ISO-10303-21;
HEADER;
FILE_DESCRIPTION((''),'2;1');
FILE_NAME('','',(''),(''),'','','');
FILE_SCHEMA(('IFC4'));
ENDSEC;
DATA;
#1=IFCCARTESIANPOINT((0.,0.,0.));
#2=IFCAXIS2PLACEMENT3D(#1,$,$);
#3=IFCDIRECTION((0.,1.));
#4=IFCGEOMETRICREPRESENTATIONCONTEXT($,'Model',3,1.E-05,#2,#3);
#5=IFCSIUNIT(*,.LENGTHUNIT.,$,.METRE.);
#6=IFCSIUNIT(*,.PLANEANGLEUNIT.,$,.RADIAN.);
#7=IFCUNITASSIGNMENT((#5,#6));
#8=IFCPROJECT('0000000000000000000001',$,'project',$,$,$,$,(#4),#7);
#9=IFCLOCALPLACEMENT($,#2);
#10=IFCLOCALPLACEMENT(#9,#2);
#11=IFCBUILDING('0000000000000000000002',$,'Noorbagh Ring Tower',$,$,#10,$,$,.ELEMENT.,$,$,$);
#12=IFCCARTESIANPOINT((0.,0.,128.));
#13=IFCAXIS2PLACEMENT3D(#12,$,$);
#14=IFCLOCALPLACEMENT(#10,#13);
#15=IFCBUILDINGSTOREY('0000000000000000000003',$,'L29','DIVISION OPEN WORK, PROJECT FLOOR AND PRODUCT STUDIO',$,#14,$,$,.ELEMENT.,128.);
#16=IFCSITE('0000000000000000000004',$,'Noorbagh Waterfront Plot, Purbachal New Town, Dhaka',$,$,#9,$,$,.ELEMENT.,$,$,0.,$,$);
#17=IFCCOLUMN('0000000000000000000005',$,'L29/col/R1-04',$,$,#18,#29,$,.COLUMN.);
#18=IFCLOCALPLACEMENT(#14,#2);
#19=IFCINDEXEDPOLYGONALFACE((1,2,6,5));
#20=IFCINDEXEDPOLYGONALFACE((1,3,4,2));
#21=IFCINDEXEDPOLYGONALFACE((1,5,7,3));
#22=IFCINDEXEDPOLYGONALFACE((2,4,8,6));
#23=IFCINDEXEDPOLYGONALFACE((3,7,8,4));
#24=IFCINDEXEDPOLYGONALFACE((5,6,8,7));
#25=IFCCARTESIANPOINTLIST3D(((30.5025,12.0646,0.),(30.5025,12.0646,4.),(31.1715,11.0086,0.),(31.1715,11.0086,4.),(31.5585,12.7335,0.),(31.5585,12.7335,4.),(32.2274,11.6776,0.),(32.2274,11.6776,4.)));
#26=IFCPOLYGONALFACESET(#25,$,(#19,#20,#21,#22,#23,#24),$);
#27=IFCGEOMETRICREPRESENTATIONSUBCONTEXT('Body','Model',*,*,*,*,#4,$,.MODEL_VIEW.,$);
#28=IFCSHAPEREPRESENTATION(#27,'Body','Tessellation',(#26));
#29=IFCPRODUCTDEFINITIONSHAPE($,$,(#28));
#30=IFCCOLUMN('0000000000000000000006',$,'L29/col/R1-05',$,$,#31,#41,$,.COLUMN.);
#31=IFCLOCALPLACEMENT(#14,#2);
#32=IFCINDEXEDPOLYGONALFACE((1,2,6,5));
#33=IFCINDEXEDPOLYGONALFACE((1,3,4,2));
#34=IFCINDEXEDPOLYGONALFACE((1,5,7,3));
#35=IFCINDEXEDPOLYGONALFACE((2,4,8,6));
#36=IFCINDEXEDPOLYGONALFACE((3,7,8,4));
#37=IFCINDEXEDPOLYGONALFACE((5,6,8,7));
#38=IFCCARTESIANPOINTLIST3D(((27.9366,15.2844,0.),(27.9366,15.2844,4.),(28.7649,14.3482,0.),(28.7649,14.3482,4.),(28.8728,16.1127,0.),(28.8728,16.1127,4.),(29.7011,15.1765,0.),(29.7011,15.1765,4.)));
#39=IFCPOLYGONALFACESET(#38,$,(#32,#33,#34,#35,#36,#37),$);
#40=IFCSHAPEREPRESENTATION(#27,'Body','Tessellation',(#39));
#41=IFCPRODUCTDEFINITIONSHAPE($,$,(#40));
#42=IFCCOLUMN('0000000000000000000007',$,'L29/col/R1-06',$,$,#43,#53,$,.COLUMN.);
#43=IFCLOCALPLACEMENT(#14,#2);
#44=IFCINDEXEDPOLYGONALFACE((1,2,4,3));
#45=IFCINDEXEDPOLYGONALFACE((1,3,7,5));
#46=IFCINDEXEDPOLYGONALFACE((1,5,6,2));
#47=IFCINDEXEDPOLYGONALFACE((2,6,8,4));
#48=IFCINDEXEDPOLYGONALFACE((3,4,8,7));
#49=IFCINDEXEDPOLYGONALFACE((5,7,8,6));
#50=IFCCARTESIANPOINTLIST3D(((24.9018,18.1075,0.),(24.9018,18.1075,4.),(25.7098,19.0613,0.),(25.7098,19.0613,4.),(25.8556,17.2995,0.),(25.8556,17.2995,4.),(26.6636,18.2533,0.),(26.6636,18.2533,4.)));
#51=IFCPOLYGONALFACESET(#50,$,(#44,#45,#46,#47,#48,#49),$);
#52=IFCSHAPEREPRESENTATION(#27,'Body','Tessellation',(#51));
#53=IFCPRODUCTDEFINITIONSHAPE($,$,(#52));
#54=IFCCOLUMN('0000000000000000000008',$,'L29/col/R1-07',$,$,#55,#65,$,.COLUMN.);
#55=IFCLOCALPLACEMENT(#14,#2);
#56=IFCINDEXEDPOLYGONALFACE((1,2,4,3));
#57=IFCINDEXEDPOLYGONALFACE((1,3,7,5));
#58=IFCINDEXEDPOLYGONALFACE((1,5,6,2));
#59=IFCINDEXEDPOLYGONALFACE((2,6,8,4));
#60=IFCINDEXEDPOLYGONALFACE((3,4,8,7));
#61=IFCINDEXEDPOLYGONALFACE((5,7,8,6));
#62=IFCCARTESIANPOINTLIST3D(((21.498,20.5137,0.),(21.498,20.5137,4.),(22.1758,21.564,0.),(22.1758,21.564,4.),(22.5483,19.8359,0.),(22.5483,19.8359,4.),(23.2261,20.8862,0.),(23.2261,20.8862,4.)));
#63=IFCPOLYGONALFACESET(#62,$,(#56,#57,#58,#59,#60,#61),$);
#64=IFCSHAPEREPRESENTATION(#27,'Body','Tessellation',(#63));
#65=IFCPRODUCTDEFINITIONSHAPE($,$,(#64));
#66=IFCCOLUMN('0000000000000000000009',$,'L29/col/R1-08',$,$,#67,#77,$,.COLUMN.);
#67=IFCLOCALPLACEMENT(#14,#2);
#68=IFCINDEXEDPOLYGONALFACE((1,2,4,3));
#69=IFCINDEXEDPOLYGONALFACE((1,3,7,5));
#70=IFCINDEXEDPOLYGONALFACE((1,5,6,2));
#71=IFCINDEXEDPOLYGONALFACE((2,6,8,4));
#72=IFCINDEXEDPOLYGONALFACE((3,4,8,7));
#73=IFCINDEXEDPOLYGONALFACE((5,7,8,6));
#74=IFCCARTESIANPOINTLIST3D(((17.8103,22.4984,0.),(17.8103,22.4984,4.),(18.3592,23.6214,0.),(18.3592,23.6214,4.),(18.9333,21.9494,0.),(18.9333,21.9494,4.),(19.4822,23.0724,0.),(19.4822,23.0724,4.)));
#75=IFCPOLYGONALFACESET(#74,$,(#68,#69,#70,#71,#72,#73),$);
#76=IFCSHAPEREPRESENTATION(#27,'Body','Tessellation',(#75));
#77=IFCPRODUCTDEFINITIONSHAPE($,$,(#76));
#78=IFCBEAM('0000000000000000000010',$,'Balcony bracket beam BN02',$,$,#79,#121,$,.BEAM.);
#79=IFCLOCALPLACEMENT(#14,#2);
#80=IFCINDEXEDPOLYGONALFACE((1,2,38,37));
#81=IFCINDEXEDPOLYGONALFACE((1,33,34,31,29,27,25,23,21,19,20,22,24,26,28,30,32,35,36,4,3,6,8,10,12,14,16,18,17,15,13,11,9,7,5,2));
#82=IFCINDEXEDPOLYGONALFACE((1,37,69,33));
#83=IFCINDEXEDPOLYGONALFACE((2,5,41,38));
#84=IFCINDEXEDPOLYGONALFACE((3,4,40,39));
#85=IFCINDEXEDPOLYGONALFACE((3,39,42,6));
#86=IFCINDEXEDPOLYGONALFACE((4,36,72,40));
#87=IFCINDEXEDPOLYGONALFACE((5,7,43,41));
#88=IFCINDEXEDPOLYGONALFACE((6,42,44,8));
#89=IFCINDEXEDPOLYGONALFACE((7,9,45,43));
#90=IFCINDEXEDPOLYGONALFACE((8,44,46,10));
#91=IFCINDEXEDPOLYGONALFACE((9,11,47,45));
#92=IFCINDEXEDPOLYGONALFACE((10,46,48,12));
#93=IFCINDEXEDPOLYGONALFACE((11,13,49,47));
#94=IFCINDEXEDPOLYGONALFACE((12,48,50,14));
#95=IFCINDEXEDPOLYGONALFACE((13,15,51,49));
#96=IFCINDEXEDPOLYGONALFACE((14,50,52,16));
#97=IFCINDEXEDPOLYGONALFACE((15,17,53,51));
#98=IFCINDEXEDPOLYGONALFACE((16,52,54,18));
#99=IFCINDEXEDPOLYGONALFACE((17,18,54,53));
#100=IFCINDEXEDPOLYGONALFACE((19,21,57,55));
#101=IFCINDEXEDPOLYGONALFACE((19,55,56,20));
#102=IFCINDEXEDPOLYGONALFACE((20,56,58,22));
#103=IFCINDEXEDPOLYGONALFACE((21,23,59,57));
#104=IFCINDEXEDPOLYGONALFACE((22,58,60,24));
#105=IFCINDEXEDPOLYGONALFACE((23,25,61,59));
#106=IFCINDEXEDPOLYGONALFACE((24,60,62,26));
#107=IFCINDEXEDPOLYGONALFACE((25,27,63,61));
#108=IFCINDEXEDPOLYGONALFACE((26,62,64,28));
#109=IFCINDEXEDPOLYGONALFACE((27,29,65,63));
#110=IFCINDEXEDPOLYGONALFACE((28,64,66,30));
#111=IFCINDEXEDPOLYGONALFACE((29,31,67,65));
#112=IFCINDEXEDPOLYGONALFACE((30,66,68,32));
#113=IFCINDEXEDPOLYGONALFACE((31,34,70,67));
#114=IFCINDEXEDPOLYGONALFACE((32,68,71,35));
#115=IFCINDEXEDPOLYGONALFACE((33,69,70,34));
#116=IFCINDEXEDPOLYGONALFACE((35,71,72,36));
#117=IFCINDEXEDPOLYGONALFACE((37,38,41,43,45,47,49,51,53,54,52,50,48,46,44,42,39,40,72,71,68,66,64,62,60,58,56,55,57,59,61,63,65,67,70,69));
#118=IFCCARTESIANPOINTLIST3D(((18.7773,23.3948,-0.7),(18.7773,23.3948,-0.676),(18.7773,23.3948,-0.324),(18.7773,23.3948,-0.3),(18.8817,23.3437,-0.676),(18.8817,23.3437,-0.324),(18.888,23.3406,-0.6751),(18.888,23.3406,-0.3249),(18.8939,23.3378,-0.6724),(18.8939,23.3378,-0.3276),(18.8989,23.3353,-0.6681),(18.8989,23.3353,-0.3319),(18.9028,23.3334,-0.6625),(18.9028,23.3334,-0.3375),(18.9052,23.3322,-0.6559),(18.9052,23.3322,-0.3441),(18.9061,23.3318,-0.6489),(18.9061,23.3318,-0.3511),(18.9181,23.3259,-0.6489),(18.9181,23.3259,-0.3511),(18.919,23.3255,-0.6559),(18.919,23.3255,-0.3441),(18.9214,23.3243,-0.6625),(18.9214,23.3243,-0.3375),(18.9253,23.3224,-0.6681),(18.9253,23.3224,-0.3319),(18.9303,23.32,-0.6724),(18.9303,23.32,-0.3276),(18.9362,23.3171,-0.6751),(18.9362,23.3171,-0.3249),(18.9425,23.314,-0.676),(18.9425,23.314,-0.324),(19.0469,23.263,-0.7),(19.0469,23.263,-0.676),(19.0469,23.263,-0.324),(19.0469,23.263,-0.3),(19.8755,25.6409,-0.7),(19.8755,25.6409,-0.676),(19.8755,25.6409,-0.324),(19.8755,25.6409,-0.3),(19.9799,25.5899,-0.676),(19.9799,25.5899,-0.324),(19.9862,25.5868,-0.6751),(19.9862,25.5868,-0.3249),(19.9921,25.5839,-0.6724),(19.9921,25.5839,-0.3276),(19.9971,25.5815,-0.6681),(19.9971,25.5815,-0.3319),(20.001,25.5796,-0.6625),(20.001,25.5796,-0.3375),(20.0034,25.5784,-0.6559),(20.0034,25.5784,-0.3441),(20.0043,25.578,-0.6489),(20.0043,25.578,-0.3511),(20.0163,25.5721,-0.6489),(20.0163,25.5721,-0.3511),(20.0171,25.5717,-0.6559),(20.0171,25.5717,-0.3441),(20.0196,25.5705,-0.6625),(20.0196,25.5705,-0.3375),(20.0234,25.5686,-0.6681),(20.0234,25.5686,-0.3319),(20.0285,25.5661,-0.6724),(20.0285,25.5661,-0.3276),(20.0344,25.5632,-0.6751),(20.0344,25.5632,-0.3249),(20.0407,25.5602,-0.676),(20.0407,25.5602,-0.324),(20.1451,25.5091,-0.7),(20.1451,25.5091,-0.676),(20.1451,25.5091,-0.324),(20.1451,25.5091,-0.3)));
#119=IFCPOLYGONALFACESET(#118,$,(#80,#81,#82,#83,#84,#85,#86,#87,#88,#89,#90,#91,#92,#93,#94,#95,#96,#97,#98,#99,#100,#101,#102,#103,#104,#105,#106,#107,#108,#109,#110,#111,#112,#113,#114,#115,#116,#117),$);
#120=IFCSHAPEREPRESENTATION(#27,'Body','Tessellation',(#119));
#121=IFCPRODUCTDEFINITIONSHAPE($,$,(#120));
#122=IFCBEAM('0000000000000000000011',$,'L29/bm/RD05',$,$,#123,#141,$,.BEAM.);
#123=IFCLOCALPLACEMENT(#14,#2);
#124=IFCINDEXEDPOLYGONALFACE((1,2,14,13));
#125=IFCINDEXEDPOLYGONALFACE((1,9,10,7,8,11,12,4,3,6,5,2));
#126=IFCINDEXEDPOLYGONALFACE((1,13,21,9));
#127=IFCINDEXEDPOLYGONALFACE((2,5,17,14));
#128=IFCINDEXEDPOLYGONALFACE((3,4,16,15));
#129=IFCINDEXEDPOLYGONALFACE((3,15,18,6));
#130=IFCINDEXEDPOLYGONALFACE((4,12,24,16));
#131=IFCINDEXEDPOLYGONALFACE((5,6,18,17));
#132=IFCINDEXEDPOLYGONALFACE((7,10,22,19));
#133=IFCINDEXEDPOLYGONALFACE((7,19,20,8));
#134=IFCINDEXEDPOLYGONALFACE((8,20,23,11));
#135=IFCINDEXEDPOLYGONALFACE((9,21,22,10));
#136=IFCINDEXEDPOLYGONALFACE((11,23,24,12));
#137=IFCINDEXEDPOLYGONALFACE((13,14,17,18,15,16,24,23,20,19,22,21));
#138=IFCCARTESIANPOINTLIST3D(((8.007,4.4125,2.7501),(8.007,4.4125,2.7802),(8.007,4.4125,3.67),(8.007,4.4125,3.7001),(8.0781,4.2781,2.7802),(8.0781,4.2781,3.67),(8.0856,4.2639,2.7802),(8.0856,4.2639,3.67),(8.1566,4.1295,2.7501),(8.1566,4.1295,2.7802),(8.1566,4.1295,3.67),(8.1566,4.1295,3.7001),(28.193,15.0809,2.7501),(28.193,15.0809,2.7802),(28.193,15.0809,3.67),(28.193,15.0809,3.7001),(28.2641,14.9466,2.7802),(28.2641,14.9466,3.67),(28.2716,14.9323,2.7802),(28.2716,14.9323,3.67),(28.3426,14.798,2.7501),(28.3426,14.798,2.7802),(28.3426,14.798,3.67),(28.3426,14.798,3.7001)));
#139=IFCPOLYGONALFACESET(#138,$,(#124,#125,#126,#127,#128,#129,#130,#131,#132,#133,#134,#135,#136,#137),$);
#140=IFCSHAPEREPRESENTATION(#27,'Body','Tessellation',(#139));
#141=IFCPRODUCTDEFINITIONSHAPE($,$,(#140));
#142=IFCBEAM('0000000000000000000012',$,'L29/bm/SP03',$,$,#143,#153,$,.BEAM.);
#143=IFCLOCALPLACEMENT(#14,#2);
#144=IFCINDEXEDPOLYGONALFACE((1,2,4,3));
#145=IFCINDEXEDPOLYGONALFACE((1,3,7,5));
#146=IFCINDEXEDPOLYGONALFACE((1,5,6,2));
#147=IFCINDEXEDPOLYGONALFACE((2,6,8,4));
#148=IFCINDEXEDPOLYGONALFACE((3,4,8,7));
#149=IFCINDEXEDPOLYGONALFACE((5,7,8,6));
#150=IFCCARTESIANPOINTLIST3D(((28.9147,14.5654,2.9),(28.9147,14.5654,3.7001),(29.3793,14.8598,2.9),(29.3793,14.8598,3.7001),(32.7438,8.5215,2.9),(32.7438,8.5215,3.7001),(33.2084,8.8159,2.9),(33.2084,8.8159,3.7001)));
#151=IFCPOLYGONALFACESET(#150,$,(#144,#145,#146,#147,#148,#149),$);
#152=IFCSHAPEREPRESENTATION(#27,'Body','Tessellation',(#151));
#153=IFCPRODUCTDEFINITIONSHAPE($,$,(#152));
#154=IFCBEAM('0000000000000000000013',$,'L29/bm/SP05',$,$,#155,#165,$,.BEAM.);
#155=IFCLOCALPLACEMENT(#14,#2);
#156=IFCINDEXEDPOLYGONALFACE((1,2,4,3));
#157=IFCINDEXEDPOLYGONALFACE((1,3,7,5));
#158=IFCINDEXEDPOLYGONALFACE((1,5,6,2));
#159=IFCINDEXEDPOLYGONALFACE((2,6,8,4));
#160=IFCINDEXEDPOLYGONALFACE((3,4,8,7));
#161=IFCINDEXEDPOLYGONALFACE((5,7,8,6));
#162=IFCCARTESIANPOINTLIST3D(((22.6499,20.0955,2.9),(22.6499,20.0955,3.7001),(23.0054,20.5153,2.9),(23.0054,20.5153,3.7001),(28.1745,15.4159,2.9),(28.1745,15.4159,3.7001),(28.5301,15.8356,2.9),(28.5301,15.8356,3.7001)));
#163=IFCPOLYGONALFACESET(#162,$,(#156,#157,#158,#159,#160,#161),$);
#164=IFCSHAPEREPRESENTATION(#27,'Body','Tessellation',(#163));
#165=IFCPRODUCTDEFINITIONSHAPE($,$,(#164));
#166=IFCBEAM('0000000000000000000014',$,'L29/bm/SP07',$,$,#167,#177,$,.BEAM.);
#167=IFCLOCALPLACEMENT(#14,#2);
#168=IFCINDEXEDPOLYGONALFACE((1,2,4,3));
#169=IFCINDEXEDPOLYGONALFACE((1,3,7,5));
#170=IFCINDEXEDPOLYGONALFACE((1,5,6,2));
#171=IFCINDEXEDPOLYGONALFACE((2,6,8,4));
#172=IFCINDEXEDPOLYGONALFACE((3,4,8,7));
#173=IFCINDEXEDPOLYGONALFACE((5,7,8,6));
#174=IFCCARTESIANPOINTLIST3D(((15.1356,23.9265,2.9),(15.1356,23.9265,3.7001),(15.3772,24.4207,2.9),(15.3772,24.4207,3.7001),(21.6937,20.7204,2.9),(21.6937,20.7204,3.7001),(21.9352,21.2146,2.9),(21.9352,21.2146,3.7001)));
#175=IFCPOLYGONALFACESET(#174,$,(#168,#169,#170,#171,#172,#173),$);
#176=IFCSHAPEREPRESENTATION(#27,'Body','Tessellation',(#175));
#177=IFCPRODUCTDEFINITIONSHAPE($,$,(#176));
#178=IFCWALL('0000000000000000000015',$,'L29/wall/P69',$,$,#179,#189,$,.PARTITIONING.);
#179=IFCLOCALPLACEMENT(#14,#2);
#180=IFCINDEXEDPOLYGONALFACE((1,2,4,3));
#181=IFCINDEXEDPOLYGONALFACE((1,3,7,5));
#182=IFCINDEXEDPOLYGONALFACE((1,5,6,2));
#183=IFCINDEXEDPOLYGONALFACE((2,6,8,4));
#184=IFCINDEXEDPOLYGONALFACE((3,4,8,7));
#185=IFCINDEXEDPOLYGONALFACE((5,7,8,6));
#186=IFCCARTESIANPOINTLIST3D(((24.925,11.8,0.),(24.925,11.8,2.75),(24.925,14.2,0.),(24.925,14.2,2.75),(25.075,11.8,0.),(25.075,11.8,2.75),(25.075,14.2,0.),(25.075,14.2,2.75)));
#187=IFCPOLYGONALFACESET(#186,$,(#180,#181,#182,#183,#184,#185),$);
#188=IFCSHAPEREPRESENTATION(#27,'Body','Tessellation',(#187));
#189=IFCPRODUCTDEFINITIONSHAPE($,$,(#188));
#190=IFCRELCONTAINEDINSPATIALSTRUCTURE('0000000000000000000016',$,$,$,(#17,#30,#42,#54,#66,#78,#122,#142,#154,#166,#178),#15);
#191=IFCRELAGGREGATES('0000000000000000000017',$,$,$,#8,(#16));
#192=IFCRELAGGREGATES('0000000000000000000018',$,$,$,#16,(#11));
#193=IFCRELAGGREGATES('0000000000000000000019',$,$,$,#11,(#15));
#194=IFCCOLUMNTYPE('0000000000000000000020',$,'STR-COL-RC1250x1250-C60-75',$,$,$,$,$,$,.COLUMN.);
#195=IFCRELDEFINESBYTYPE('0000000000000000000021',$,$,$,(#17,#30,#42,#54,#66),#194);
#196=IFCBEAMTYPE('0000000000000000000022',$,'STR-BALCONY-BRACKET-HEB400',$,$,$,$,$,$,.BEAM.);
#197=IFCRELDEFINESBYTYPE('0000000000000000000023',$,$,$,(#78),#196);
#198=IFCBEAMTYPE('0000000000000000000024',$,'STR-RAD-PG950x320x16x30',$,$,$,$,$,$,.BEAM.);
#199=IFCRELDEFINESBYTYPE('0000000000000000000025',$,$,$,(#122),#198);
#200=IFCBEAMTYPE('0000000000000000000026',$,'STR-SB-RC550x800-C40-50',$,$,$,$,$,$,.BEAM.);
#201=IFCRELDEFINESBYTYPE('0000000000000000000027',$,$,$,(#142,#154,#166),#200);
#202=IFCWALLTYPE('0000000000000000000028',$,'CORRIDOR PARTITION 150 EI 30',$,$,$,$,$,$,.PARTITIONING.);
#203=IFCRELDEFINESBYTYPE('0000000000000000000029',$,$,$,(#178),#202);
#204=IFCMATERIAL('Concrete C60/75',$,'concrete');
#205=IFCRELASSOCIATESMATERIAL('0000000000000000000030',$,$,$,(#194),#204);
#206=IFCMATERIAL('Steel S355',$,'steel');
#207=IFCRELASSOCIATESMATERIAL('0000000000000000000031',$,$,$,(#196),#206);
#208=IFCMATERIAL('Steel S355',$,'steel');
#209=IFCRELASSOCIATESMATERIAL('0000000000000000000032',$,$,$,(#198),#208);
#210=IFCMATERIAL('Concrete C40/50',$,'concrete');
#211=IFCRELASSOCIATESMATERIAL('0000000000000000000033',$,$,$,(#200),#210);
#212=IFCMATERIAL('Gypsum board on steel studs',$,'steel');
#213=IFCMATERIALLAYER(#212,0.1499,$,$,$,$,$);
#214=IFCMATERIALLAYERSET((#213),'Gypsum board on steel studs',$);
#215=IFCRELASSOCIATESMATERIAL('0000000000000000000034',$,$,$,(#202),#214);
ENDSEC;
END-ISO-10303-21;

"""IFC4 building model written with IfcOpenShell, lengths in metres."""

from ifc_helpers import new_model, si_unit, direction, frame, frame_2d, origin, origin_2d, place, context, subcontext, project, spatial, rectangle, i_section, extrude, material, layer, layer_set, material_profile, profile_set, type_object, element, save


model = new_model("IFC4")

# Units and contexts
model_context = context("Model", 3, precision=1e-05, world=origin(), true_north=direction((0.0, 1.0)))
body_context = subcontext(model_context, "Body", "Model", "MODEL_VIEW")
ifc_project = project(units=[si_unit("LENGTHUNIT", "METRE"), si_unit("PLANEANGLEUNIT", "RADIAN")], contexts=[model_context])

# Site, building, storey
site_placement = place(None, origin())
site = spatial("IfcSite", under=ifc_project, at=site_placement, Name="Noorbagh Waterfront Plot, Purbachal New Town, Dhaka", CompositionType="ELEMENT", RefElevation=0.0)
building_placement = place(site_placement, origin())
building = spatial("IfcBuilding", under=site, at=building_placement, Name="Noorbagh Ring Tower", CompositionType="ELEMENT")
storey_placement = place(building_placement, frame((0.0, 0.0, 128.0)))
storey = spatial("IfcBuildingStorey", under=building, at=storey_placement, Name="L29", Description="DIVISION OPEN WORK, PROJECT FLOOR AND PRODUCT STUDIO", CompositionType="ELEMENT", Elevation=128.0)

# Columns
ifc_material_1 = material(Name="Concrete C60/75", Category="concrete")
ifc_material_profile_1 = material_profile(ifc_material_1, rectangle(XDim=1.25, YDim=1.25, at=origin_2d()), Name="RC1250x1250")
ifc_profile_set_1 = profile_set([ifc_material_profile_1], Name="Concrete C60/75")
column_type = type_object("IfcColumnType", Name="STR-COL-RC1250x1250-C60-75", PredefinedType="COLUMN", material=ifc_profile_set_1)
for number, where, z_axis, x_axis, name in (
    (1, (31.365, 11.8711, 0.0), (0.0, 0.0, 1.0), (-0.53519, 0.844731, 0.0), "L29/col/R1-04"),
    (2, (28.8188, 15.2305, 0.0), (0.0, 0.0, 1.0), (-0.662636, 0.748942, 0.0), "L29/col/R1-05"),
    (3, (25.7827, 18.1804, 0.0), (0.0, 0.0, 1.0), (-0.763035, 0.646357, 0.0), "L29/col/R1-06"),
    (4, (22.3621, 20.7, 0.0), (0.0, 0.0, 1.0), (-0.840248, 0.542203, 0.0), "L29/col/R1-07"),
    (5, (18.6462, 22.7854, 0.0), (0.0, 0.0, 1.0), (-0.898399, 0.43918, 0.0), "L29/col/R1-08"),
):
    element("IfcColumn", number, at=place(storey_placement, frame(where, z_axis=z_axis, x_axis=x_axis)), inside=storey, type_object=column_type, Name=name, PredefinedType="COLUMN", context=body_context, shape_type="SweptSolid", body=[
        extrude(rectangle(XDim=1.25, YDim=1.25, at=origin_2d()), origin(), (0.0, 0.0, 1.0), 4.0),
    ])

# Beams
ifc_material_2 = material(Name="Steel S355", Category="steel")
ifc_material_profile_2 = material_profile(ifc_material_2, i_section(OverallWidth=0.3, OverallDepth=0.3999, WebThickness=0.0134, FlangeThickness=0.0239, FilletRadius=0.0271, at=origin_2d()), Name="HEB400")
ifc_profile_set_2 = profile_set([ifc_material_profile_2], Name="Steel S355")
beam_type_1 = type_object("IfcBeamType", Name="STR-BALCONY-BRACKET-HEB400", PredefinedType="BEAM", material=ifc_profile_set_2)
beam_1_placement = place(storey_placement, frame((18.9121, 23.3289, -0.5), z_axis=(0.439228, 0.898376, 0.0), x_axis=(-0.898376, 0.439228, 0.0)))
element("IfcBeam", 6, at=beam_1_placement, inside=storey, type_object=beam_type_1, Name="Balcony bracket beam BN02", PredefinedType="BEAM", context=body_context, shape_type="SweptSolid", body=[
    extrude(i_section(OverallWidth=0.3, OverallDepth=0.3999, WebThickness=0.0134, FlangeThickness=0.0239, FilletRadius=0.0271, at=origin_2d()), origin(), (0.0, 0.0, 1.0), 2.5002),
])
ifc_material_3 = material(Name="Steel S355", Category="steel")
ifc_material_profile_3 = material_profile(ifc_material_3, i_section(OverallWidth=0.3201, OverallDepth=0.95, WebThickness=0.0161, FlangeThickness=0.03, at=origin_2d()), Name="PG950x320x16x30")
ifc_profile_set_3 = profile_set([ifc_material_profile_3], Name="Steel S355")
beam_type_2 = type_object("IfcBeamType", Name="STR-RAD-PG950x320x16x30", PredefinedType="BEAM", material=ifc_profile_set_3)
beam_2_placement = place(storey_placement, frame((28.2678, 14.9395, 3.2251), z_axis=(-0.884119, -0.467263, 0.0), x_axis=(0.467263, -0.884119, 0.0)))
element("IfcBeam", 7, at=beam_2_placement, inside=storey, type_object=beam_type_2, Name="L29/bm/RD05", PredefinedType="BEAM", context=body_context, shape_type="SweptSolid", body=[
    extrude(i_section(OverallWidth=0.3201, OverallDepth=0.95, WebThickness=0.0161, FlangeThickness=0.03, at=origin_2d()), origin(), (0.0, 0.0, 1.0), 22.8318),
])
ifc_material_4 = material(Name="Concrete C40/50", Category="concrete")
ifc_material_profile_4 = material_profile(ifc_material_4, rectangle(XDim=0.55, YDim=0.8, at=origin_2d()), Name="RC550x800")
ifc_profile_set_4 = profile_set([ifc_material_profile_4], Name="Concrete C40/50")
beam_type_3 = type_object("IfcBeamType", Name="STR-SB-RC550x800-C40-50", PredefinedType="BEAM", material=ifc_profile_set_4)
beam_3_placement = place(storey_placement, frame((32.9761, 8.6687, 3.3), z_axis=(-0.535179, 0.844739, 0.0), x_axis=(-0.844739, -0.535179, 0.0)))
element("IfcBeam", 8, at=beam_3_placement, inside=storey, type_object=beam_type_3, Name="L29/bm/SP03", PredefinedType="BEAM", context=body_context, shape_type="SweptSolid", body=[
    extrude(rectangle(XDim=0.55, YDim=0.8, at=origin_2d()), origin(), (0.0, 0.0, 1.0), 7.1548),
])
beam_4_placement = place(storey_placement, frame((28.3523, 15.6257, 3.3), z_axis=(-0.763047, 0.646343, 0.0), x_axis=(-0.646343, -0.763047, 0.0)))
element("IfcBeam", 9, at=beam_4_placement, inside=storey, type_object=beam_type_3, Name="L29/bm/SP05", PredefinedType="BEAM", context=body_context, shape_type="SweptSolid", body=[
    extrude(rectangle(XDim=0.55, YDim=0.8, at=origin_2d()), origin(), (0.0, 0.0, 1.0), 7.2402),
])
beam_5_placement = place(storey_placement, frame((21.8145, 20.9675, 3.3), z_axis=(-0.898391, 0.439196, 0.0), x_axis=(-0.439196, -0.898391, 0.0)))
element("IfcBeam", 10, at=beam_5_placement, inside=storey, type_object=beam_type_3, Name="L29/bm/SP07", PredefinedType="BEAM", context=body_context, shape_type="SweptSolid", body=[
    extrude(rectangle(XDim=0.55, YDim=0.8, at=origin_2d()), origin(), (0.0, 0.0, 1.0), 7.2998),
])

# Wall
ifc_material_5 = material(Name="Gypsum board on steel studs", Category="steel")
ifc_layer_1 = layer(ifc_material_5, 0.1499)
ifc_layer_set_1 = layer_set([ifc_layer_1], Name="Gypsum board on steel studs")
wall_type_1 = type_object("IfcWallType", Name="CORRIDOR PARTITION 150 EI 30", PredefinedType="PARTITIONING", material=ifc_layer_set_1)
wall_1_placement = place(storey_placement, frame((25.0, 11.8, 0.0), z_axis=(0.0, 0.0, 1.0), x_axis=(0.0, 1.0, 0.0)))
element("IfcWall", 11, at=wall_1_placement, inside=storey, type_object=wall_type_1, Name="L29/wall/P69", PredefinedType="PARTITIONING", context=body_context, shape_type="SweptSolid", body=[
    extrude(rectangle(XDim=2.3999, YDim=0.1499, at=frame_2d((1.2, 0.0))), origin(), (0.0, 0.0, 1.0), 2.75),
])

save(model, "model.ifc")
